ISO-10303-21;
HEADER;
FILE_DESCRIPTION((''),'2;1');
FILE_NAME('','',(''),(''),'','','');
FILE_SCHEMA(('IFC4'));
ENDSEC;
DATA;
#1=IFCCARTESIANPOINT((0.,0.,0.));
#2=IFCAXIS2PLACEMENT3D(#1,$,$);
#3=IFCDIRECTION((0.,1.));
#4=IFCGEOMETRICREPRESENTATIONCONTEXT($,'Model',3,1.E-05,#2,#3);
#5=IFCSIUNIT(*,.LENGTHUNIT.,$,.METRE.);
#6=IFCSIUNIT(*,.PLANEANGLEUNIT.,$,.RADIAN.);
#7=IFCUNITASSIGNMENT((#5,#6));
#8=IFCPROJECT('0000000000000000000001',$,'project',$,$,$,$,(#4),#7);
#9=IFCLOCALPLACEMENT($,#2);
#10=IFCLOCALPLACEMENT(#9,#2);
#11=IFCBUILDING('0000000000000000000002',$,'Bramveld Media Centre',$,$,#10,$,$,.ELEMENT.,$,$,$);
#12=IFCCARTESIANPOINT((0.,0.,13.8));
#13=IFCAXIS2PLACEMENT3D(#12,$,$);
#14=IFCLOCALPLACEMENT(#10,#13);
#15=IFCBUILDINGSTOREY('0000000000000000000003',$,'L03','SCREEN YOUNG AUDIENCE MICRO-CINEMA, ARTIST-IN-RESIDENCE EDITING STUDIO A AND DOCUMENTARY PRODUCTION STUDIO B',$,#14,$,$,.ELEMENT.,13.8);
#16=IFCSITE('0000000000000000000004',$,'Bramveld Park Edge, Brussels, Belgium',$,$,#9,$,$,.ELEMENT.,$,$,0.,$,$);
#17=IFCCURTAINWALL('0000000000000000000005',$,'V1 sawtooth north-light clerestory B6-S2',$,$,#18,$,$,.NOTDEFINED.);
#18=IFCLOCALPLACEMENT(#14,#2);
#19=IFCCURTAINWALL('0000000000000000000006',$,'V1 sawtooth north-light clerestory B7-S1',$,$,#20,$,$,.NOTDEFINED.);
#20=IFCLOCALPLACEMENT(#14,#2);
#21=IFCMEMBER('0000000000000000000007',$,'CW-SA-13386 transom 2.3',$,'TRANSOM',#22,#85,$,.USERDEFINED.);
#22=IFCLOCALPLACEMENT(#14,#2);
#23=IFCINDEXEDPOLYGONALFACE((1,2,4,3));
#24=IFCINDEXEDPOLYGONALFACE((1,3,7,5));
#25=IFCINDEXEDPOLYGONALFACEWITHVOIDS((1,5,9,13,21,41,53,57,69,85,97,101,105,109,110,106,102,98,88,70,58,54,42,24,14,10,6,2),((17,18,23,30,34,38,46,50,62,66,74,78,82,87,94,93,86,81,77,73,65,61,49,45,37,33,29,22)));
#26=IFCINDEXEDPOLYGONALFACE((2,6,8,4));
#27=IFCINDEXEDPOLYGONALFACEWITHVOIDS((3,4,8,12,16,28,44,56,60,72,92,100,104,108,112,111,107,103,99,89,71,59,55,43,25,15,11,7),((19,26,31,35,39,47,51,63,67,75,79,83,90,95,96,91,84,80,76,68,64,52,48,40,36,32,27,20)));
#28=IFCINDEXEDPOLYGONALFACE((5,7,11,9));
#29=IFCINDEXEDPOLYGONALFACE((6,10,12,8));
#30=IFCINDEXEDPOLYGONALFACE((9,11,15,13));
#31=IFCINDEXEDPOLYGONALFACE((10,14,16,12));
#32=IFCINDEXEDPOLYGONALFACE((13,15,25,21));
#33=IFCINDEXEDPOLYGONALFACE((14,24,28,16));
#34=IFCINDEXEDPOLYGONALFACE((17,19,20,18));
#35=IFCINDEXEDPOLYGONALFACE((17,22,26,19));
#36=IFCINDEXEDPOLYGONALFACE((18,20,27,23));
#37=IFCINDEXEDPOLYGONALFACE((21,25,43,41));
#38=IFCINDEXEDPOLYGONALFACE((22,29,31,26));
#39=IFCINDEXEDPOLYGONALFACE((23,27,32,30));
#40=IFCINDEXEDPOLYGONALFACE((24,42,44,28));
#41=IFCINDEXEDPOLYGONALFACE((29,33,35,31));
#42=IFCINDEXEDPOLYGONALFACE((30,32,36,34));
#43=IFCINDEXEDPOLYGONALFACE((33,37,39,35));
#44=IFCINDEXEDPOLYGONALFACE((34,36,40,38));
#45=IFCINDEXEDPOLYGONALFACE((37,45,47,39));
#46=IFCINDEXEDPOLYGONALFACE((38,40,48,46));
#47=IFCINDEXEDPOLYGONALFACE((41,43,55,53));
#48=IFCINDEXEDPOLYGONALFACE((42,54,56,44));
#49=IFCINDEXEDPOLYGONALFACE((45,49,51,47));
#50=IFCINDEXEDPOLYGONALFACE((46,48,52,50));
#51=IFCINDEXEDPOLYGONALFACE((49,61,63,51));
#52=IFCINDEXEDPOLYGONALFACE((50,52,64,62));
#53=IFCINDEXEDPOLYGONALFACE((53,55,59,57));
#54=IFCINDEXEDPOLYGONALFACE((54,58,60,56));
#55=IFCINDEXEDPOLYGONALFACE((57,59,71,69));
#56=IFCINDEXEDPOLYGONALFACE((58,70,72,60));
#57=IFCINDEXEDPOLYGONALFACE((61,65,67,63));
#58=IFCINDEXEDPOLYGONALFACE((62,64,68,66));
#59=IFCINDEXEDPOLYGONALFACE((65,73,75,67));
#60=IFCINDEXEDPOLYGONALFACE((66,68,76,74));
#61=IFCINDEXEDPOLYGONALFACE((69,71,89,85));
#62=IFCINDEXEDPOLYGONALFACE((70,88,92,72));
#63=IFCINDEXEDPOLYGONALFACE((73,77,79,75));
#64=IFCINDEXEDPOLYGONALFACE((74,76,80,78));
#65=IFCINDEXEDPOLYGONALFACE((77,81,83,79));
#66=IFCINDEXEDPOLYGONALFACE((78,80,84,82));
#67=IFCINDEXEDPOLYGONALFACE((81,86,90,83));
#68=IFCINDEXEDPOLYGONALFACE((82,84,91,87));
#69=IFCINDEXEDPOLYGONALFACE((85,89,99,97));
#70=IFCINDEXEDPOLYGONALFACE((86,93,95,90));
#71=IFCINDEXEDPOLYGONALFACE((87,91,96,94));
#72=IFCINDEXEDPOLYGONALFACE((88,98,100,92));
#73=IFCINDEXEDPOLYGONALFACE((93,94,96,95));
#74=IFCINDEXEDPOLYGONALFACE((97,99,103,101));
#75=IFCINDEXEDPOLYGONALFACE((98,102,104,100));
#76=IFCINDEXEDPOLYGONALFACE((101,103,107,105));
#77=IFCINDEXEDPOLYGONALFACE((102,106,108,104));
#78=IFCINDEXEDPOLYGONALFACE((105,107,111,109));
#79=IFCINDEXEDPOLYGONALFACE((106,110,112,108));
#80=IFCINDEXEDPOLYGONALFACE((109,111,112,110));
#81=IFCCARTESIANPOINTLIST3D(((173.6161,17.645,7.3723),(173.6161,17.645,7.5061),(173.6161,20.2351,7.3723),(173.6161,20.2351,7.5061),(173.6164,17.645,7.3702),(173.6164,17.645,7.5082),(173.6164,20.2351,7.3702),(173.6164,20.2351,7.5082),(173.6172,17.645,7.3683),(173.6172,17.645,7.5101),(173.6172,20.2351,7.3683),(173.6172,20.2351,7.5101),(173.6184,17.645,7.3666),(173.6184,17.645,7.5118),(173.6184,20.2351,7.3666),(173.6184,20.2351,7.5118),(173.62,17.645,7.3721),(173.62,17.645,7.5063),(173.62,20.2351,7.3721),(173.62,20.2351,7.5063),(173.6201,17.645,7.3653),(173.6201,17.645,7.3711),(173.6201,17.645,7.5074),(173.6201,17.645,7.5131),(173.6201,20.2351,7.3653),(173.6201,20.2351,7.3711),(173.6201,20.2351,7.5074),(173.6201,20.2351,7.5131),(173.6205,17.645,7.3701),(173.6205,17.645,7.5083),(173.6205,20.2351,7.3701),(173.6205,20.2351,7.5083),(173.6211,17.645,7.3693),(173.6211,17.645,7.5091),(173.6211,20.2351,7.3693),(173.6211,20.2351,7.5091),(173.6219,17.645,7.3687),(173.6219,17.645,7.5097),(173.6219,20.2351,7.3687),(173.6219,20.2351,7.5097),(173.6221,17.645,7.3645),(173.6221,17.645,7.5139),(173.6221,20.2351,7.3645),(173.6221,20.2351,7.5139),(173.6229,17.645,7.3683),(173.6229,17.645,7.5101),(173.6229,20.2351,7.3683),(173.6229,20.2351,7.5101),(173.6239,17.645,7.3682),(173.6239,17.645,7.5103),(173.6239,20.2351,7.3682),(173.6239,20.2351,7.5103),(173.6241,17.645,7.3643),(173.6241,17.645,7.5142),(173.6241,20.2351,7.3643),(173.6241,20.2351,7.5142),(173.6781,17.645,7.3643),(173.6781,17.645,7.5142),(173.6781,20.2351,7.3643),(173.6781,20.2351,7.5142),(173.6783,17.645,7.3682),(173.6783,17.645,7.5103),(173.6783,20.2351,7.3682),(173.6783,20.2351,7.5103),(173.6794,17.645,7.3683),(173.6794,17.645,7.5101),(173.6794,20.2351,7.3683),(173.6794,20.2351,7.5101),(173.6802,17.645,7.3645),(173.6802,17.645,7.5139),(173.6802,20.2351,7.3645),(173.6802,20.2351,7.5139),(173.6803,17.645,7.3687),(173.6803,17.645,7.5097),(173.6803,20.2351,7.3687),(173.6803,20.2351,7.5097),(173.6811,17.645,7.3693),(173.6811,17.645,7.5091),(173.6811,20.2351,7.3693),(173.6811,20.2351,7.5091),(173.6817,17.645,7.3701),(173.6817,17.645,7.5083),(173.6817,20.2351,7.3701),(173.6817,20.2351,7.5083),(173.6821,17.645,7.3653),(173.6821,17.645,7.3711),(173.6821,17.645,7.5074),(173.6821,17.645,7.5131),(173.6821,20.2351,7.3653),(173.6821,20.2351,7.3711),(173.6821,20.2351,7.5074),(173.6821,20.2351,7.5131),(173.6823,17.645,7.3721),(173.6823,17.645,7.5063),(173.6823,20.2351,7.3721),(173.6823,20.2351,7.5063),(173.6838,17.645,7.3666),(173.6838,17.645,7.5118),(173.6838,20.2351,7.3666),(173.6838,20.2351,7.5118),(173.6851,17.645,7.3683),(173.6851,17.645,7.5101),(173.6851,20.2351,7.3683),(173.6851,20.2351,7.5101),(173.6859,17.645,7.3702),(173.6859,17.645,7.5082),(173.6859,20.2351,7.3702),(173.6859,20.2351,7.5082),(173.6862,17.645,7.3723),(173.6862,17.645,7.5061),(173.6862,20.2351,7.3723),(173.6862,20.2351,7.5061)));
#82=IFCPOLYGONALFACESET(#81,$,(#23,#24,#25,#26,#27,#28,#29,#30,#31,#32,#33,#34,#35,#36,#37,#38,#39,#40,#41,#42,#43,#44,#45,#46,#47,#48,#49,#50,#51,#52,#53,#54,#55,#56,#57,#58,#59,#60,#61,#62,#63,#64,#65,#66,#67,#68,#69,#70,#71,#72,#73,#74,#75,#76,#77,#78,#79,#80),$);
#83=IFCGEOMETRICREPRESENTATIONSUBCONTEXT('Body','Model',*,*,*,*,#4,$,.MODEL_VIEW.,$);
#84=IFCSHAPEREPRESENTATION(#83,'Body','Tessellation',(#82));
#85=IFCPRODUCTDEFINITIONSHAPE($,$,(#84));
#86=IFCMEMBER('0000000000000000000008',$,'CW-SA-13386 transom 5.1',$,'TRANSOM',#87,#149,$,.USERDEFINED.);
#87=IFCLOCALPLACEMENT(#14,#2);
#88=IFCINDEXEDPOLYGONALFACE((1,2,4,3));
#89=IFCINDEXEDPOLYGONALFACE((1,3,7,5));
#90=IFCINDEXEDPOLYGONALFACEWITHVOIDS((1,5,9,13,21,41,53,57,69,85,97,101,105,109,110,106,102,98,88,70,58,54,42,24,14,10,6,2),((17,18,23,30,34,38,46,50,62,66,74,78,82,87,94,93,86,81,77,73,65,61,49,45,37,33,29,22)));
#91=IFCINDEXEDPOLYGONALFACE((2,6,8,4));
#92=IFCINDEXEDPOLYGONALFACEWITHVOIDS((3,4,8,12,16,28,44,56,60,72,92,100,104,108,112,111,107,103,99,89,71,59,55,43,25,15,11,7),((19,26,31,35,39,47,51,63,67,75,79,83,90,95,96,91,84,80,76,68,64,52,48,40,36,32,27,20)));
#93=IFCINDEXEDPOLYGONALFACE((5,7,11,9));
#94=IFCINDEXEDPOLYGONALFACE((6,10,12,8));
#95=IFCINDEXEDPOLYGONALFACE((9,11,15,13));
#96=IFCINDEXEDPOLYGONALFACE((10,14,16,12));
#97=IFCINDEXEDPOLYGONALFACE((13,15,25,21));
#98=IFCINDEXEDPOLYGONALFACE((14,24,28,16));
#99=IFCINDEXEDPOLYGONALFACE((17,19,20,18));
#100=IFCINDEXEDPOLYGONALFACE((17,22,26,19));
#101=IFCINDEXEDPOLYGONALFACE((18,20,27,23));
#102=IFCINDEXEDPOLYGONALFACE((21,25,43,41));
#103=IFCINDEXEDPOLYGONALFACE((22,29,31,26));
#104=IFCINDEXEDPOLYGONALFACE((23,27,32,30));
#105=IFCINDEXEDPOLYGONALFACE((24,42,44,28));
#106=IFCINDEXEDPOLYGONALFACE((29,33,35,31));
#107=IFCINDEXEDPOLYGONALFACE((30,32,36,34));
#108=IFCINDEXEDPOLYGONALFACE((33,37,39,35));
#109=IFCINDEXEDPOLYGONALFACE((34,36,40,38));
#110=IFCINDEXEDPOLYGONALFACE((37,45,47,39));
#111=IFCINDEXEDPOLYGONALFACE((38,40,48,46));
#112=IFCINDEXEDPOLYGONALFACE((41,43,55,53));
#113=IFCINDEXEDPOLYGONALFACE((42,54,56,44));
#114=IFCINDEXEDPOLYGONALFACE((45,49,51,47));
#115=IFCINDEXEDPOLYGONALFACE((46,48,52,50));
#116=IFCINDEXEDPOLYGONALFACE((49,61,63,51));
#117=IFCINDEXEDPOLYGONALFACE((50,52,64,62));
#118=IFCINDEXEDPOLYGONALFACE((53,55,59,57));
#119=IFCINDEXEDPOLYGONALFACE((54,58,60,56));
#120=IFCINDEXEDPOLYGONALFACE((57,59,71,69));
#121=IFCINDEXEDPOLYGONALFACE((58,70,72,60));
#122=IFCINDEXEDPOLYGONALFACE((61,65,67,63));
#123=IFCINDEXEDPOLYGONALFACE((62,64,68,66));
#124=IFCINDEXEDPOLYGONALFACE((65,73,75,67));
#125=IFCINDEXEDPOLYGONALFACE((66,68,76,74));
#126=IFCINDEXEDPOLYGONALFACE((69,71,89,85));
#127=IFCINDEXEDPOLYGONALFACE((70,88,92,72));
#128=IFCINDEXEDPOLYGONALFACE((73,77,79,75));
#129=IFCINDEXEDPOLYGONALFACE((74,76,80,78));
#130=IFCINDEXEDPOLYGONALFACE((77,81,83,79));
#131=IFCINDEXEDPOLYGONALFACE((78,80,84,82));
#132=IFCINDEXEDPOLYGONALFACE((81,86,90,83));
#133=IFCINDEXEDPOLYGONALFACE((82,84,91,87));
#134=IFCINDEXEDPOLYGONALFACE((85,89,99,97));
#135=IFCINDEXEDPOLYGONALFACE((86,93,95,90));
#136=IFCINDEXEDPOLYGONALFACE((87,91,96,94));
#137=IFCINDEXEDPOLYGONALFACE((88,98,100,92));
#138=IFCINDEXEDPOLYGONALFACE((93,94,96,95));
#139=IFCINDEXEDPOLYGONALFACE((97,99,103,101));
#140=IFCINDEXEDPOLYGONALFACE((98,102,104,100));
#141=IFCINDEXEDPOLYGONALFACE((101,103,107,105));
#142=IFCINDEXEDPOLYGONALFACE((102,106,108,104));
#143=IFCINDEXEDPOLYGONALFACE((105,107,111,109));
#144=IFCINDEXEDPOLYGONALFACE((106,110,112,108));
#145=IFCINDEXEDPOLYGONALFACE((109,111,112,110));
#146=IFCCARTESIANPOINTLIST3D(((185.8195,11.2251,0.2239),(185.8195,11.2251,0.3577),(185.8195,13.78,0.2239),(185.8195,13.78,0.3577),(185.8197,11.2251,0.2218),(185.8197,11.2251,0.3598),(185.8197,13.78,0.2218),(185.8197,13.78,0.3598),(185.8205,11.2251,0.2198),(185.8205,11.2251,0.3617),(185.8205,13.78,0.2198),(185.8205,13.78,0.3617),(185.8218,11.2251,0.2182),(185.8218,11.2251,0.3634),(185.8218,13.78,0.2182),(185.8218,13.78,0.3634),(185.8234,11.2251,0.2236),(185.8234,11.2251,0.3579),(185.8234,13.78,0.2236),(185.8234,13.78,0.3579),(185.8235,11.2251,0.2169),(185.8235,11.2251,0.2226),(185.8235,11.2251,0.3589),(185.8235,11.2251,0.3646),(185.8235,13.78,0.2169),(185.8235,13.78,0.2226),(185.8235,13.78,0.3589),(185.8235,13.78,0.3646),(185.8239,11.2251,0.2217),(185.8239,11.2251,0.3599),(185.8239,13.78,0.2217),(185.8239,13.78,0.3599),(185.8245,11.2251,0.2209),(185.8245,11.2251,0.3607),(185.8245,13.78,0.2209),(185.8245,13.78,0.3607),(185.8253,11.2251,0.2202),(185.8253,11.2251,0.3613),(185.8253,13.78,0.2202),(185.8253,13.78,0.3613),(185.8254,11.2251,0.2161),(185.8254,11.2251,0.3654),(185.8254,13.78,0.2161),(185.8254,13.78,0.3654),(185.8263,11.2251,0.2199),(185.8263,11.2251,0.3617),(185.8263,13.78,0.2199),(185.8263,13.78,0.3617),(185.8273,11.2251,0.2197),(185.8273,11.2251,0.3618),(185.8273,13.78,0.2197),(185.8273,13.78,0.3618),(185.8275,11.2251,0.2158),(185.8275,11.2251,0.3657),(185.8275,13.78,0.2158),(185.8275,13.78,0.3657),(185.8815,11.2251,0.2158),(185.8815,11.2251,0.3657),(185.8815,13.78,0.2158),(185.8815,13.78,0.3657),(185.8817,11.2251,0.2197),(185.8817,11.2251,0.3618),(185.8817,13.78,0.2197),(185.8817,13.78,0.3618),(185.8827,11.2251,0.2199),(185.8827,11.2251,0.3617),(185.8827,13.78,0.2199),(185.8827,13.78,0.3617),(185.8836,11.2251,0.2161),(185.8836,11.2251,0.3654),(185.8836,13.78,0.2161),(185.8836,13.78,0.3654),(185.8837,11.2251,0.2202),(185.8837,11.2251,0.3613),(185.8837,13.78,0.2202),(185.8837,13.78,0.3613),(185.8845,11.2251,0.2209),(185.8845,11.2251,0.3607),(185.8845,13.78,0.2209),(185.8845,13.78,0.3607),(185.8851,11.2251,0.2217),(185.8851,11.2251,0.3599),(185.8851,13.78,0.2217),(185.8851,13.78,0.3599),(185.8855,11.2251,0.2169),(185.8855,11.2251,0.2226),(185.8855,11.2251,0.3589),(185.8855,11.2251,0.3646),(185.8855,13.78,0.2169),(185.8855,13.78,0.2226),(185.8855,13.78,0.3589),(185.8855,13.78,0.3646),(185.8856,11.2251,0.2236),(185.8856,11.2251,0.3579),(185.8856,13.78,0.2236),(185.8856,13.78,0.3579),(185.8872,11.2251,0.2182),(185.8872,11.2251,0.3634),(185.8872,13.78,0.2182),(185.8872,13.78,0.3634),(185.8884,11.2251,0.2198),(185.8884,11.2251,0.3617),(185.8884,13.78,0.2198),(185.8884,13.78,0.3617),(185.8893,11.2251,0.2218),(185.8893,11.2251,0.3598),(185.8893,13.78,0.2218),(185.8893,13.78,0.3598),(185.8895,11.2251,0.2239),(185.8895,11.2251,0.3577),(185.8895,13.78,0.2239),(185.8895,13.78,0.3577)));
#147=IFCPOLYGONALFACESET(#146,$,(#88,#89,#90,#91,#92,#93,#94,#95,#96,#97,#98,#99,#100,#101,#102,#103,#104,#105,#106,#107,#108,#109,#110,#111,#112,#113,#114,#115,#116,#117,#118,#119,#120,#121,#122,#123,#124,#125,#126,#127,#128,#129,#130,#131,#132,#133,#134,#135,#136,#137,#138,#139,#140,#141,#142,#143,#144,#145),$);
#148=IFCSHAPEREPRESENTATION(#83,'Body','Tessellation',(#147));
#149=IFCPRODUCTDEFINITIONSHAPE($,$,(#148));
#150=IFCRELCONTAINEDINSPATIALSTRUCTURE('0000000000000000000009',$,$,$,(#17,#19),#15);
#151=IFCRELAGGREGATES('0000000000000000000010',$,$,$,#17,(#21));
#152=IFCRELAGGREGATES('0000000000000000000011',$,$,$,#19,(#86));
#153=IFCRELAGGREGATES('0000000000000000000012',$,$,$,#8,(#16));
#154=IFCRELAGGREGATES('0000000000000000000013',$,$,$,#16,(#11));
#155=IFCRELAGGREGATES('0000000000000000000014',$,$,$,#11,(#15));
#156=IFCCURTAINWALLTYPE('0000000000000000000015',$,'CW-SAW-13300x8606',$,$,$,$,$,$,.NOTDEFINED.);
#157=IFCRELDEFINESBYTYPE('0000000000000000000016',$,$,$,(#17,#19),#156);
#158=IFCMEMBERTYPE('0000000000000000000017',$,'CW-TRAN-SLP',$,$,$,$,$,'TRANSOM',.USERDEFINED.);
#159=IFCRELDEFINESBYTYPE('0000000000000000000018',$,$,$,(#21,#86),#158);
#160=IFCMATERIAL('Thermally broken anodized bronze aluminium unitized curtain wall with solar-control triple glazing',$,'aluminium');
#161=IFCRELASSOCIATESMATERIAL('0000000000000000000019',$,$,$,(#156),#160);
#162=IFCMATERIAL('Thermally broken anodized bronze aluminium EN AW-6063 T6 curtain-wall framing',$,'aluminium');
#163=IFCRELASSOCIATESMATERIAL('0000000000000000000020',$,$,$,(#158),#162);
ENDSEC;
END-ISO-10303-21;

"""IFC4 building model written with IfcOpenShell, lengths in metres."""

from ifc_helpers import new_model, si_unit, direction, frame, origin, origin_2d, place, context, subcontext, project, spatial, hollow_rectangle, extrude, material, material_profile, profile_set, type_object, element, aggregate, save


model = new_model("IFC4")

# Units and contexts
model_context = context("Model", 3, precision=1e-05, world=origin(), true_north=direction((0.0, 1.0)))
body_context = subcontext(model_context, "Body", "Model", "MODEL_VIEW")
ifc_project = project(units=[si_unit("LENGTHUNIT", "METRE"), si_unit("PLANEANGLEUNIT", "RADIAN")], contexts=[model_context])

# Site, building, storey
site_placement = place(None, origin())
site = spatial("IfcSite", under=ifc_project, at=site_placement, Name="Bramveld Park Edge, Brussels, Belgium", CompositionType="ELEMENT", RefElevation=0.0)
building_placement = place(site_placement, origin())
building = spatial("IfcBuilding", under=site, at=building_placement, Name="Bramveld Media Centre", CompositionType="ELEMENT")
storey_placement = place(building_placement, frame((0.0, 0.0, 13.8)))
storey = spatial("IfcBuildingStorey", under=building, at=storey_placement, Name="L03", Description="SCREEN YOUNG AUDIENCE MICRO-CINEMA, ARTIST-IN-RESIDENCE EDITING STUDIO A AND DOCUMENTARY PRODUCTION STUDIO B", CompositionType="ELEMENT", Elevation=13.8)

# Curtain walls
ifc_material_1 = material(Name="Thermally broken anodized bronze aluminium unitized curtain wall with solar-control triple glazing", Category="aluminium")
curtain_wall_type = type_object("IfcCurtainWallType", Name="CW-SAW-13300x8606", PredefinedType="NOTDEFINED", material=ifc_material_1)
curtain_wall_1_placement = place(storey_placement, origin())
curtain_wall_1 = element("IfcCurtainWall", 1, at=curtain_wall_1_placement, inside=storey, type_object=curtain_wall_type, Name="V1 sawtooth north-light clerestory B6-S2", PredefinedType="NOTDEFINED")
curtain_wall_2_placement = place(storey_placement, origin())
curtain_wall_2 = element("IfcCurtainWall", 2, at=curtain_wall_2_placement, inside=storey, type_object=curtain_wall_type, Name="V1 sawtooth north-light clerestory B7-S1", PredefinedType="NOTDEFINED")

# Members
ifc_material_2 = material(Name="Thermally broken anodized bronze aluminium EN AW-6063 T6 curtain-wall framing", Category="aluminium")
ifc_material_profile_1 = material_profile(ifc_material_2, hollow_rectangle(XDim=0.0701, YDim=0.1499, WallThickness=0.0039, InnerFilletRadius=0.0039, OuterFilletRadius=0.0081, at=origin_2d()), Name="AL-TRAN 70x150")
ifc_profile_set_1 = profile_set([ifc_material_profile_1], Name="Thermally broken anodized bronze aluminium EN AW-6063 T6 curtain-wall framing")
member_type_1 = type_object("IfcMemberType", Name="CW-TRAN-SLP", ElementType="TRANSOM", PredefinedType="USERDEFINED", material=ifc_profile_set_1)
member_1_placement = place(storey_placement, frame((173.6511, 17.645, 7.4392), z_axis=(0.0, 1.0, 0.0), x_axis=(-1.0, 0.0, 0.0)))
member_1 = element("IfcMember", 3, at=member_1_placement, type_object=member_type_1, Name="CW-SA-13386 transom 2.3", ObjectType="TRANSOM", PredefinedType="USERDEFINED", context=body_context, shape_type="SweptSolid", body=[
    extrude(hollow_rectangle(XDim=0.0701, YDim=0.1499, WallThickness=0.0039, InnerFilletRadius=0.0039, OuterFilletRadius=0.0081, at=origin_2d()), origin(), (0.0, 0.0, 1.0), 2.5901),
])
member_2_placement = place(storey_placement, frame((185.8545, 11.2251, 0.2908), z_axis=(0.0, 1.0, 0.0), x_axis=(-1.0, 0.0, 0.0)))
member_2 = element("IfcMember", 4, at=member_2_placement, type_object=member_type_1, Name="CW-SA-13386 transom 5.1", ObjectType="TRANSOM", PredefinedType="USERDEFINED", context=body_context, shape_type="SweptSolid", body=[
    extrude(hollow_rectangle(XDim=0.0701, YDim=0.1499, WallThickness=0.0039, InnerFilletRadius=0.0039, OuterFilletRadius=0.0081, at=origin_2d()), origin(), (0.0, 0.0, 1.0), 2.5549),
])

aggregate(curtain_wall_1, [member_1])
aggregate(curtain_wall_2, [member_2])

save(model, "model.ifc")
